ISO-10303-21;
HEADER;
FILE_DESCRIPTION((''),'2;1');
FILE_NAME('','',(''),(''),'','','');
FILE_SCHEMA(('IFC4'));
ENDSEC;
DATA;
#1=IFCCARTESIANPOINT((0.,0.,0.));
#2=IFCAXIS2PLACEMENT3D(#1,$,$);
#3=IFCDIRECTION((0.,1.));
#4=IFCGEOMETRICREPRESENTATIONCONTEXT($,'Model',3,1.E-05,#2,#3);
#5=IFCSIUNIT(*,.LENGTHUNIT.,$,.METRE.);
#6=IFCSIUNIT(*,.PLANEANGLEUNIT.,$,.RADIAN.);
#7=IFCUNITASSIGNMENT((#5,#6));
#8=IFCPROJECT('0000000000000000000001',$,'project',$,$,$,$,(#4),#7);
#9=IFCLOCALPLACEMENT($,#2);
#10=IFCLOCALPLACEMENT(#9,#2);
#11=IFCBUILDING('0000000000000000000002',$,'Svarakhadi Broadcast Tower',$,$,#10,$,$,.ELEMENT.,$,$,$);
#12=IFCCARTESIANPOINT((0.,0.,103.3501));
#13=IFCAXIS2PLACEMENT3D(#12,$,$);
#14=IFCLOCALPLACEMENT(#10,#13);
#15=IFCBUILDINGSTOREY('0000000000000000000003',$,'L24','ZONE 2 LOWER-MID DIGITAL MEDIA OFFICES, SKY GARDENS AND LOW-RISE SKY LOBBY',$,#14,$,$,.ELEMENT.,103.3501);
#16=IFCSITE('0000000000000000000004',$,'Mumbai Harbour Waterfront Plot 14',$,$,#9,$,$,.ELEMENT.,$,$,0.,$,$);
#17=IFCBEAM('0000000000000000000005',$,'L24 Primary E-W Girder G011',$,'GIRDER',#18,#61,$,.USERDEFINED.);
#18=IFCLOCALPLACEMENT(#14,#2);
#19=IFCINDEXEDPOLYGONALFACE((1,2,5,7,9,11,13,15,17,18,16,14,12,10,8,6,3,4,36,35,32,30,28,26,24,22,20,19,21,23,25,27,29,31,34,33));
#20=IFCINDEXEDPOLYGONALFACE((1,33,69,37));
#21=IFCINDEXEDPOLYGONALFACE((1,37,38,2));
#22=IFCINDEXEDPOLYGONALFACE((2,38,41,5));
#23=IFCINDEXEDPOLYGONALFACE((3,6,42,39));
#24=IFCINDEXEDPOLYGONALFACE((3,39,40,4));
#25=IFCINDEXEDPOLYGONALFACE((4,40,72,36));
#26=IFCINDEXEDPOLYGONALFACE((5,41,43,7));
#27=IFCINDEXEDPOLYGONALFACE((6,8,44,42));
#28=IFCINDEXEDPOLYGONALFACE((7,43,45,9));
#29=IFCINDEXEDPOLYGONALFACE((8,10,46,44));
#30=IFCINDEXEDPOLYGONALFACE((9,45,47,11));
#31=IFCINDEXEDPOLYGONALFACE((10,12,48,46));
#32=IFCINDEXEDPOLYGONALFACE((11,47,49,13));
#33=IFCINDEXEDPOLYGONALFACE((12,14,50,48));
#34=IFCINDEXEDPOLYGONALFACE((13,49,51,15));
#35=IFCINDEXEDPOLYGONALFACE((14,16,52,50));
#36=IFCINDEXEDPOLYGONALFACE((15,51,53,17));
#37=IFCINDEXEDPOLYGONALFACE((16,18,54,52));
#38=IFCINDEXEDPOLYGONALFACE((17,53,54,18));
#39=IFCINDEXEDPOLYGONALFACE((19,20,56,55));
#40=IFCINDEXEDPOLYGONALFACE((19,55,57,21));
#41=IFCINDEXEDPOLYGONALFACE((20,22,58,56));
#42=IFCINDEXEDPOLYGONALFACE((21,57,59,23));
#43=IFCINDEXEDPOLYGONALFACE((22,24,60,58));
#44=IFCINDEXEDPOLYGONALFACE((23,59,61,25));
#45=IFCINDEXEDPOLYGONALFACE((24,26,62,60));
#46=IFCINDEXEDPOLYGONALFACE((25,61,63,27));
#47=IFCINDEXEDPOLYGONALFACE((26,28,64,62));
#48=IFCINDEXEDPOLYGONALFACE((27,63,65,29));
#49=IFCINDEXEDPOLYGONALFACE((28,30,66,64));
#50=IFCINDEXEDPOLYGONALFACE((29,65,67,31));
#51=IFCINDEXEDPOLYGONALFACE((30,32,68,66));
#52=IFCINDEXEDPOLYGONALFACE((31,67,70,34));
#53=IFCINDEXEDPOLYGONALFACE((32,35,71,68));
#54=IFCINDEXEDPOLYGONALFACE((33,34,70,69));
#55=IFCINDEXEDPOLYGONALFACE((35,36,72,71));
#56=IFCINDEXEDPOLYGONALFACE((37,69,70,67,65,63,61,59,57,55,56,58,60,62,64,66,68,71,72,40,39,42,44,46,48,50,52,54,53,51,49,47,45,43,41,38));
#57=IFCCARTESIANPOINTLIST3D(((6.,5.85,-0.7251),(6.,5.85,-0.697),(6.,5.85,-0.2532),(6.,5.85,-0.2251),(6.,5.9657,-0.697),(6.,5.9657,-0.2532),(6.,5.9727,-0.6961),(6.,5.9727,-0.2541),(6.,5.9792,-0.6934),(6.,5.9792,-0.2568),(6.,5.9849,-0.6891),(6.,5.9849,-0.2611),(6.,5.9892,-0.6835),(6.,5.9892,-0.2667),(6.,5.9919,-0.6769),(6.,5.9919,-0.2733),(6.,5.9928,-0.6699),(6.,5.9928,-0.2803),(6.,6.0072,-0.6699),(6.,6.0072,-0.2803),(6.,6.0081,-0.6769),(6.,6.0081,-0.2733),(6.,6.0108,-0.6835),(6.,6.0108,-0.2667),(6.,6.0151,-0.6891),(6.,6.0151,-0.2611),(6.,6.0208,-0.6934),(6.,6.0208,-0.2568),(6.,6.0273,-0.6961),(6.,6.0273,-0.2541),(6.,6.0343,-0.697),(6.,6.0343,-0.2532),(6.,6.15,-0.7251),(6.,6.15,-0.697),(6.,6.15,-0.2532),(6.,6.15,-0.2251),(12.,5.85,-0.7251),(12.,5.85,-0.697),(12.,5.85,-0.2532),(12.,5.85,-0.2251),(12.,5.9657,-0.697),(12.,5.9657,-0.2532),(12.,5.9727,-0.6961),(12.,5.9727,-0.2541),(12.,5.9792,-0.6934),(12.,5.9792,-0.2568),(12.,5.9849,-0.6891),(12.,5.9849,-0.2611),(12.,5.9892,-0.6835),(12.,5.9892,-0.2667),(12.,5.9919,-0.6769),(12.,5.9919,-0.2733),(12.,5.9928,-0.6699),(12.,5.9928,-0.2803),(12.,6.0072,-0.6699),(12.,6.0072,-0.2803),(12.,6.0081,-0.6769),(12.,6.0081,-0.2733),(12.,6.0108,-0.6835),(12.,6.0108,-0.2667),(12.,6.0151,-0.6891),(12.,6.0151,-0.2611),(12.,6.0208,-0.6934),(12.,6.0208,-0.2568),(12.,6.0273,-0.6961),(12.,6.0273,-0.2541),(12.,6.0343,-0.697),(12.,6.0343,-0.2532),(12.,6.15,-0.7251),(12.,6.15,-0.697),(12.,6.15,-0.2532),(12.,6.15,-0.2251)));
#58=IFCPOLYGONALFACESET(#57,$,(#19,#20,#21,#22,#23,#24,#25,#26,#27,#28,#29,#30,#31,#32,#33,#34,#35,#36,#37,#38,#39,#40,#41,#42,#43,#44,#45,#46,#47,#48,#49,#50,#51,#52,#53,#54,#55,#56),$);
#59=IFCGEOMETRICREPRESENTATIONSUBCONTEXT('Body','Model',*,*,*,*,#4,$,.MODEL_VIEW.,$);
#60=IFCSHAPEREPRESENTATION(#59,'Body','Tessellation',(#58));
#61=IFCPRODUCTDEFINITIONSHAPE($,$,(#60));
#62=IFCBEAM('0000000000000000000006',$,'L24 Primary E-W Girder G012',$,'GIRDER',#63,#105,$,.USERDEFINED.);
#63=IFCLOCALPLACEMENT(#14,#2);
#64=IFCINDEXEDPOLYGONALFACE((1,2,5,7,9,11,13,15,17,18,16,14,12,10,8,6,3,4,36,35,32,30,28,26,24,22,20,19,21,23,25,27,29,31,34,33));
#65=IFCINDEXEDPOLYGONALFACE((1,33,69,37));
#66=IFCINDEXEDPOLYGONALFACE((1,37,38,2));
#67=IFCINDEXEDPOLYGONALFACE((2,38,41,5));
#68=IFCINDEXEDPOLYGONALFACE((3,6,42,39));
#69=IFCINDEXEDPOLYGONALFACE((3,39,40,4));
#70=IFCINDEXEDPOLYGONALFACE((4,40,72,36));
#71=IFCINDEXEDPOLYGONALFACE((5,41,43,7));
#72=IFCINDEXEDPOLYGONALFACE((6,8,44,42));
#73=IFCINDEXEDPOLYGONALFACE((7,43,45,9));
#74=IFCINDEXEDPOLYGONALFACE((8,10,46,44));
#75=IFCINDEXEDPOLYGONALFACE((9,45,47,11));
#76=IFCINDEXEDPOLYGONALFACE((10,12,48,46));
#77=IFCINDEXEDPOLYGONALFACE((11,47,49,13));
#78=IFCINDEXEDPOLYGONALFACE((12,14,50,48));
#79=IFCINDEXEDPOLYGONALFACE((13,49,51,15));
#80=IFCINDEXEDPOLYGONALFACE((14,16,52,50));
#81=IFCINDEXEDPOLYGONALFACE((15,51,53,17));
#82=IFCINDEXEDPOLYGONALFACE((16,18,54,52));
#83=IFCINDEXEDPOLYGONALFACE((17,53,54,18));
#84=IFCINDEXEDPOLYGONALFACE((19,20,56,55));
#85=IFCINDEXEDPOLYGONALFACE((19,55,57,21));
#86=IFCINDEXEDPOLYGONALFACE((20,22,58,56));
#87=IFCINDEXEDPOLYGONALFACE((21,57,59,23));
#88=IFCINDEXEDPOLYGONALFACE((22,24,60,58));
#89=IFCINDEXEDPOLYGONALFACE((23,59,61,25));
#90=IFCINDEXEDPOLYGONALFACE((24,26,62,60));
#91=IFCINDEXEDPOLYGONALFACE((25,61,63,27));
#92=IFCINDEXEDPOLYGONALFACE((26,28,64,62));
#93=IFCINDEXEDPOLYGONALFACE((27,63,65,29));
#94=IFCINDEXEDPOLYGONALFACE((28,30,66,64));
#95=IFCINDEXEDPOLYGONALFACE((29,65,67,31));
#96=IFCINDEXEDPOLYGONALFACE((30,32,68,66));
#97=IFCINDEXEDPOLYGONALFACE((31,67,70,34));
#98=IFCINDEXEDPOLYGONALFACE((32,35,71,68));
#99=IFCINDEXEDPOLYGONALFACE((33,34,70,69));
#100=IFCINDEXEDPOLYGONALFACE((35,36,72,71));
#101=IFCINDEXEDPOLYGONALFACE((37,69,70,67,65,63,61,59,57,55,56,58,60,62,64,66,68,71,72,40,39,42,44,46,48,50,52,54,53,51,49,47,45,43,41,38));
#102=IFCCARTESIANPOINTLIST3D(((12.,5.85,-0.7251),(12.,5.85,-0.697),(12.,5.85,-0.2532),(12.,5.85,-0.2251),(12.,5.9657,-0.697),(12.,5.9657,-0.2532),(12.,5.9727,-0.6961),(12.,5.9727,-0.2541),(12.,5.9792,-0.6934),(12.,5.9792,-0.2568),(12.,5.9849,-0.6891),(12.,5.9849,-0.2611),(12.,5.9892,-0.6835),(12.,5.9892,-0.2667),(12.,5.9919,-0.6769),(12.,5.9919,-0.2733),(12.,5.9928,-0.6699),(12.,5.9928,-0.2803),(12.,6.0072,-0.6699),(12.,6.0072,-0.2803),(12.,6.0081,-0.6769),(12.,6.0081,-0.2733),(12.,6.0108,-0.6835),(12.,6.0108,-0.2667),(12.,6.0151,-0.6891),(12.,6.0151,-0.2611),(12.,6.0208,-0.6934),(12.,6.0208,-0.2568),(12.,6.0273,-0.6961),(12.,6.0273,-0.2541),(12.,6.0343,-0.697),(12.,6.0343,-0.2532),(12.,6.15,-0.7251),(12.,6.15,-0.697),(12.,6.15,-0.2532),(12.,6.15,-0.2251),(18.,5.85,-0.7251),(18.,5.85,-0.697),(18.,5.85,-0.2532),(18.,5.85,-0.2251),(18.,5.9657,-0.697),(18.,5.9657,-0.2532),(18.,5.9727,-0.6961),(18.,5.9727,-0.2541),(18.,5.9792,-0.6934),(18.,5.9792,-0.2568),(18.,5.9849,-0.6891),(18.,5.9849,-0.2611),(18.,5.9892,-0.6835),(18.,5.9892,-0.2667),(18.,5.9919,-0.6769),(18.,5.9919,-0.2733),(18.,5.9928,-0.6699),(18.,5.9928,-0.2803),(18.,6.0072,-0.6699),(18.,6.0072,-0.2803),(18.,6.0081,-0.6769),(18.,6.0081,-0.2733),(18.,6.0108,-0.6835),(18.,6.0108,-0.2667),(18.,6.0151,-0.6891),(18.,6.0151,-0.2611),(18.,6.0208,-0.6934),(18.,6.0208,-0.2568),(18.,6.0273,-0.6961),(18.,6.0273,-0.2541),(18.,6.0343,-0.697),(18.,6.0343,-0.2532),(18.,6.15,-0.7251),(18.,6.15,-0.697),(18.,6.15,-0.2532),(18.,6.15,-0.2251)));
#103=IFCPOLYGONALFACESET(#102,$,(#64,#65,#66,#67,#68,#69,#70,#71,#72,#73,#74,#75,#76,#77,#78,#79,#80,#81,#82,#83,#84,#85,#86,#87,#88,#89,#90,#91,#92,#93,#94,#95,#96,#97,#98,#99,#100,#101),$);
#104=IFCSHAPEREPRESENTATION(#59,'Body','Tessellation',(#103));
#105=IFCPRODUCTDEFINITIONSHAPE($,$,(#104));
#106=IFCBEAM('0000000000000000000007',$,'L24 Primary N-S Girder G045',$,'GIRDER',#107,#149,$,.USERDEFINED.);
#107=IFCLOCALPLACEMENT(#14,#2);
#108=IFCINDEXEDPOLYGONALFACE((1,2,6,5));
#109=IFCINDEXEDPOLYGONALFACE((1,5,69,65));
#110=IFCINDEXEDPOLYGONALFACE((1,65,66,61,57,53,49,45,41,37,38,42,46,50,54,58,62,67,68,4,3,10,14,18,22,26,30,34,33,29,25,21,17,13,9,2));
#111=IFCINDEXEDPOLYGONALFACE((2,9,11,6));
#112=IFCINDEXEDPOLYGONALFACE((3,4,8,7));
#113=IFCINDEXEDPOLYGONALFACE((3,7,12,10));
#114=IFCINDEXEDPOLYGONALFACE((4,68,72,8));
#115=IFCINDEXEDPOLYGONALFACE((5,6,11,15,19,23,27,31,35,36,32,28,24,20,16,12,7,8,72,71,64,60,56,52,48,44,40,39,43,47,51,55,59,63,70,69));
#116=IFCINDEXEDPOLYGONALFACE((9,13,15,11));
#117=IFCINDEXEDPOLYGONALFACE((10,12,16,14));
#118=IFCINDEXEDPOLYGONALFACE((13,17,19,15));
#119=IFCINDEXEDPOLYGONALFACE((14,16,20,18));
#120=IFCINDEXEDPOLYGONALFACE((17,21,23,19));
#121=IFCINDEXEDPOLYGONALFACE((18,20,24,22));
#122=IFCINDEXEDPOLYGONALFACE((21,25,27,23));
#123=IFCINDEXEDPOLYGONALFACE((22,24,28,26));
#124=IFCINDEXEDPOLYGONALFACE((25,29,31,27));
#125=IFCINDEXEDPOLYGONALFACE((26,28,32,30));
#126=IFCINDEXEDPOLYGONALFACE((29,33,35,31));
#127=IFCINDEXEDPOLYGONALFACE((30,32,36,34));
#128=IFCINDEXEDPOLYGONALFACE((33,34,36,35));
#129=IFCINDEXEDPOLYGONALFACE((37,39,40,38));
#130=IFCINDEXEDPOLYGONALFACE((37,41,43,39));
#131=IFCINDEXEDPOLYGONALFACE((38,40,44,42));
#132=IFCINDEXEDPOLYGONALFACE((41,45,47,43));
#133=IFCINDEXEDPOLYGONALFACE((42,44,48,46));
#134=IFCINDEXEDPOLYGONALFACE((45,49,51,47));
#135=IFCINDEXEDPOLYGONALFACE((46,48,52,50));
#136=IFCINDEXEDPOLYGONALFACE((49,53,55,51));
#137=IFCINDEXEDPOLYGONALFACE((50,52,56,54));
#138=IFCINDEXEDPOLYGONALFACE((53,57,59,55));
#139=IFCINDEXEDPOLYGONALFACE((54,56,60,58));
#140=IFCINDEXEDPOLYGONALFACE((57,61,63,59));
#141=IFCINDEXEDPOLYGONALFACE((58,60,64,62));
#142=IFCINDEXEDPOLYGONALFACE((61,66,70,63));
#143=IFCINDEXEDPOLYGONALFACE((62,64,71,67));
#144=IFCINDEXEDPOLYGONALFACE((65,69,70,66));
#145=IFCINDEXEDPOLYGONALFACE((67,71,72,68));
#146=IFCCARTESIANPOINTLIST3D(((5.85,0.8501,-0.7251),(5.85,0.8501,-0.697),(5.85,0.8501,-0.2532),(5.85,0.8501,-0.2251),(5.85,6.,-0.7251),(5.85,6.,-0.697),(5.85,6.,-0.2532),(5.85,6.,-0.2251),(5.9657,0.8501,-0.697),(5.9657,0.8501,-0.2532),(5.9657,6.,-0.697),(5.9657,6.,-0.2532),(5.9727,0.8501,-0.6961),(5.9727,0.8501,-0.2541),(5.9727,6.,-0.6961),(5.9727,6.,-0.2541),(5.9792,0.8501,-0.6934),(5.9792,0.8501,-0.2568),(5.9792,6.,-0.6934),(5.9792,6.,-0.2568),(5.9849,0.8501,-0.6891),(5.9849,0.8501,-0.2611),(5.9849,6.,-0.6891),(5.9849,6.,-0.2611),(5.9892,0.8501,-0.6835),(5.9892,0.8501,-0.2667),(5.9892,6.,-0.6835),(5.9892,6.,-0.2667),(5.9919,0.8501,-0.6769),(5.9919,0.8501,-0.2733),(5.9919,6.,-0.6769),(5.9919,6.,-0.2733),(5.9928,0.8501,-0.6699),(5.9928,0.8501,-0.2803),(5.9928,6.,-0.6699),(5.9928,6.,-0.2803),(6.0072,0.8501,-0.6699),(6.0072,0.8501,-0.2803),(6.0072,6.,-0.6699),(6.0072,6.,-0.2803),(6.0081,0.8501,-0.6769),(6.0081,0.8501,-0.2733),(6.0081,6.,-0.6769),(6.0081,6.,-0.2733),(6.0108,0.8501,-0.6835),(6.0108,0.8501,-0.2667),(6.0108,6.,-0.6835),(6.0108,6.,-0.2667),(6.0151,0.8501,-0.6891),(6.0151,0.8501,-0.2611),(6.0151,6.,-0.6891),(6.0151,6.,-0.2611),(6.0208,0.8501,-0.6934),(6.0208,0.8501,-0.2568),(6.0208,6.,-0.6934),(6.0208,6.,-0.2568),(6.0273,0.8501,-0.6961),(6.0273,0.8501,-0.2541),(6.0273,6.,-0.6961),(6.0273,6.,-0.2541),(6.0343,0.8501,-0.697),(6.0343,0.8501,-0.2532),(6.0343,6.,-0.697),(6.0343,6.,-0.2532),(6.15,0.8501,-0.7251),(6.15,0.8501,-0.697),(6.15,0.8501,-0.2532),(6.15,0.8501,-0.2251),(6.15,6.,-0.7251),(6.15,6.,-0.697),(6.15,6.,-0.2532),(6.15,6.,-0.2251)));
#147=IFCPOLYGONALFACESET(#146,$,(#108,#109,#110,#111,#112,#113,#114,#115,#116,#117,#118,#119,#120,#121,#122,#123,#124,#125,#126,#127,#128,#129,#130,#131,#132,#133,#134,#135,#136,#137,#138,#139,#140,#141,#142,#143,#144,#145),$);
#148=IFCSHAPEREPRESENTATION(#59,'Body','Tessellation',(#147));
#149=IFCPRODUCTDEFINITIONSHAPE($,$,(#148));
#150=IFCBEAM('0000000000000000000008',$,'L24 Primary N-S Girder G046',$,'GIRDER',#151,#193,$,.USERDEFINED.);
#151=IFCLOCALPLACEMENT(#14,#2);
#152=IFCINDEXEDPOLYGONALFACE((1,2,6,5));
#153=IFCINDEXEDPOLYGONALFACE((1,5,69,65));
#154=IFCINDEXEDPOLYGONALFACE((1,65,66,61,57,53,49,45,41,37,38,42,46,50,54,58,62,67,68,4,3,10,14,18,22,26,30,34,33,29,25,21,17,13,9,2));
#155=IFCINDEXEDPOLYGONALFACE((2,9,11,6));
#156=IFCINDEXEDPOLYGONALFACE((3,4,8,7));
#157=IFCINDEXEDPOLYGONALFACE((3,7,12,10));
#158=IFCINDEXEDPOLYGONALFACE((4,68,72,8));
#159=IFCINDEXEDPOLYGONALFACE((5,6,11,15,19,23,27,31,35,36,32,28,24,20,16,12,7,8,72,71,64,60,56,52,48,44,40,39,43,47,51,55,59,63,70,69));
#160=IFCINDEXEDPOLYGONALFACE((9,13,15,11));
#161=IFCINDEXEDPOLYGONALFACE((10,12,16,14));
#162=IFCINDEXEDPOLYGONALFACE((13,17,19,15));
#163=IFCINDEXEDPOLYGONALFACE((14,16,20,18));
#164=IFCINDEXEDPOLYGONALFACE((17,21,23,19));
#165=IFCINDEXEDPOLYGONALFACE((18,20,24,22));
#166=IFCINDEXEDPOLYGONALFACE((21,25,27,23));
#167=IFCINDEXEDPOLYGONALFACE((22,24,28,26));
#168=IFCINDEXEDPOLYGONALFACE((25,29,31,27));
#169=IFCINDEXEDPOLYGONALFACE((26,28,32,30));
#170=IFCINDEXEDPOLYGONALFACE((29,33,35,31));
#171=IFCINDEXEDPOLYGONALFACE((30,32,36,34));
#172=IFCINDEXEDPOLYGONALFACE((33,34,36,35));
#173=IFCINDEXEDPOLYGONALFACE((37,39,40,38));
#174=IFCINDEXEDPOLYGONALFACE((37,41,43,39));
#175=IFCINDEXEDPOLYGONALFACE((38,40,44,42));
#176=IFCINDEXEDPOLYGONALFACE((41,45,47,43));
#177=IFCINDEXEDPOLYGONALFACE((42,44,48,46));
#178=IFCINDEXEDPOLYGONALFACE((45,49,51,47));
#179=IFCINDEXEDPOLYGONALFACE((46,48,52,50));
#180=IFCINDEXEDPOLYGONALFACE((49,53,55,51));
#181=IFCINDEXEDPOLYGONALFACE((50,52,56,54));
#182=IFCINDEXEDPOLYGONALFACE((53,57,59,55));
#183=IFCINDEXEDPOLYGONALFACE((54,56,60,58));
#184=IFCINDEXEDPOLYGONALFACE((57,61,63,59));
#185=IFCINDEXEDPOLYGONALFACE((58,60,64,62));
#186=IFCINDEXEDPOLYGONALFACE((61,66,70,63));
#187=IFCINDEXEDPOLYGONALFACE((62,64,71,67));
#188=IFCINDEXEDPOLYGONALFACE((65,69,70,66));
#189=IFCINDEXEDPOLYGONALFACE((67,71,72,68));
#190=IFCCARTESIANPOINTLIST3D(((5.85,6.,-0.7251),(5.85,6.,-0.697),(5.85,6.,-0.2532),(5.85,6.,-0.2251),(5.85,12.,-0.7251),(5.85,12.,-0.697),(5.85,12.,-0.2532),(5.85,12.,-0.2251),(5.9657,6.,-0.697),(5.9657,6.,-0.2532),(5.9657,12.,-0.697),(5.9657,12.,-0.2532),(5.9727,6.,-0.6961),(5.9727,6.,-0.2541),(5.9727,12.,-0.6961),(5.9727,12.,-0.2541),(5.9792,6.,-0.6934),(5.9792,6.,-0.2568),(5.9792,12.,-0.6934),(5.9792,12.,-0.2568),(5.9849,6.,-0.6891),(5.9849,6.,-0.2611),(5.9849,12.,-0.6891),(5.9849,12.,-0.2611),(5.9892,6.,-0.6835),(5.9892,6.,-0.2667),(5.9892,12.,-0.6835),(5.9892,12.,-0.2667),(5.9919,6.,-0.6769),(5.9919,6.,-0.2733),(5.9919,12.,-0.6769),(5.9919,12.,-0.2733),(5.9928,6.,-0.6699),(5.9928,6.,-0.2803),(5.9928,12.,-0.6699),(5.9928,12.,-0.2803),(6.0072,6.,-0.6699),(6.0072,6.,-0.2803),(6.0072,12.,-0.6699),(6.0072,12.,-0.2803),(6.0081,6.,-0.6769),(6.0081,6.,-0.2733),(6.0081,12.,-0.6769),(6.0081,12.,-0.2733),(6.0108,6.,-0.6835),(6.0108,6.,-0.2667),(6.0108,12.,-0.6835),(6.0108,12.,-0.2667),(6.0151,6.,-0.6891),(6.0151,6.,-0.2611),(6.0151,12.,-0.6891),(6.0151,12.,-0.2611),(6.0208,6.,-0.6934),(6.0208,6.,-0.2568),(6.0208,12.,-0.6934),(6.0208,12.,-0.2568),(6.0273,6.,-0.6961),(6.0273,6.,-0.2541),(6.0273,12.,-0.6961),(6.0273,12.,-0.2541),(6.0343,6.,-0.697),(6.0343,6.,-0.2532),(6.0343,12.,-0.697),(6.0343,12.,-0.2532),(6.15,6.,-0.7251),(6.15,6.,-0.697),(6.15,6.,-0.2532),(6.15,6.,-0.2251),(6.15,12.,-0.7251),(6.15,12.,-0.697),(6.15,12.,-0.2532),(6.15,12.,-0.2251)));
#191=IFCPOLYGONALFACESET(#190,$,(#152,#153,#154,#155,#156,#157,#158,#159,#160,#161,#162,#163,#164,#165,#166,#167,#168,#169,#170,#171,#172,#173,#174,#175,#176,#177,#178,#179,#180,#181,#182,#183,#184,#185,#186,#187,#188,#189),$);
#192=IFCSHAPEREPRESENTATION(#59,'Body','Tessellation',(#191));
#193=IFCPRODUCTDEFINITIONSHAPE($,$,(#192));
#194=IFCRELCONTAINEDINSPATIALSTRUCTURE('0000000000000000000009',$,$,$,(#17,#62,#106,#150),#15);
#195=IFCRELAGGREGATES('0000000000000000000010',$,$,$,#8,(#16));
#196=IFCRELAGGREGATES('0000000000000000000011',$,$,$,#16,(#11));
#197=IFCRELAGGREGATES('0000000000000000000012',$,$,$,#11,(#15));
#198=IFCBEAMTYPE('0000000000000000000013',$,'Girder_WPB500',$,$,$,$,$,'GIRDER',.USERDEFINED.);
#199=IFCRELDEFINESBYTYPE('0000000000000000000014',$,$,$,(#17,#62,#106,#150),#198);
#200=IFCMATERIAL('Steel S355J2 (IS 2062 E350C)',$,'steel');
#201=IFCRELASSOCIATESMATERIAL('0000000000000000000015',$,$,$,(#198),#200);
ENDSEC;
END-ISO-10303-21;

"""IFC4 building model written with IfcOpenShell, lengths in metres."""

from ifc_helpers import new_model, si_unit, direction, frame, origin, origin_2d, place, context, subcontext, project, spatial, i_section, extrude, material, material_profile, profile_set, type_object, element, save


model = new_model("IFC4")

# Units and contexts
model_context = context("Model", 3, precision=1e-05, world=origin(), true_north=direction((0.0, 1.0)))
body_context = subcontext(model_context, "Body", "Model", "MODEL_VIEW")
ifc_project = project(units=[si_unit("LENGTHUNIT", "METRE"), si_unit("PLANEANGLEUNIT", "RADIAN")], contexts=[model_context])

# Site, building, storey
site_placement = place(None, origin())
site = spatial("IfcSite", under=ifc_project, at=site_placement, Name="Mumbai Harbour Waterfront Plot 14", CompositionType="ELEMENT", RefElevation=0.0)
building_placement = place(site_placement, origin())
building = spatial("IfcBuilding", under=site, at=building_placement, Name="Svarakhadi Broadcast Tower", CompositionType="ELEMENT")
storey_placement = place(building_placement, frame((0.0, 0.0, 103.3501)))
storey = spatial("IfcBuildingStorey", under=building, at=storey_placement, Name="L24", Description="ZONE 2 LOWER-MID DIGITAL MEDIA OFFICES, SKY GARDENS AND LOW-RISE SKY LOBBY", CompositionType="ELEMENT", Elevation=103.3501)

# Shared definitions
ifc_material_1 = material(Name="Steel S355J2 (IS 2062 E350C)", Category="steel")

# Beams
ifc_material_profile_1 = material_profile(ifc_material_1, i_section(OverallWidth=0.3, OverallDepth=0.5, WebThickness=0.0144, FlangeThickness=0.0281, FilletRadius=0.0271, at=origin_2d()), Name="WPB 500x300x187")
ifc_profile_set_1 = profile_set([ifc_material_profile_1], Name="Steel S355J2 (IS 2062 E350C)")
beam_type_1 = type_object("IfcBeamType", Name="Girder_WPB500", ElementType="GIRDER", PredefinedType="USERDEFINED", material=ifc_profile_set_1)
for number, where, z_axis, x_axis, name in (
    (1, (6.0, 6.0, -0.4751), (1.0, 0.0, 0.0), (0.0, 1.0, 0.0), "L24 Primary E-W Girder G011"),
    (2, (12.0, 6.0, -0.4751), (1.0, 0.0, 0.0), (0.0, 1.0, 0.0), "L24 Primary E-W Girder G012"),
):
    element("IfcBeam", number, at=place(storey_placement, frame(where, z_axis=z_axis, x_axis=x_axis)), inside=storey, type_object=beam_type_1, Name=name, ObjectType="GIRDER", PredefinedType="USERDEFINED", context=body_context, shape_type="SweptSolid", body=[
        extrude(i_section(OverallWidth=0.3, OverallDepth=0.5, WebThickness=0.0144, FlangeThickness=0.0281, FilletRadius=0.0271, at=origin_2d()), origin(), (0.0, 0.0, 1.0), 6.0),
    ])
beam_1_placement = place(storey_placement, frame((6.0, 0.8501, -0.4751), z_axis=(0.0, 1.0, 0.0), x_axis=(-1.0, 0.0, 0.0)))
element("IfcBeam", 3, at=beam_1_placement, inside=storey, type_object=beam_type_1, Name="L24 Primary N-S Girder G045", ObjectType="GIRDER", PredefinedType="USERDEFINED", context=body_context, shape_type="SweptSolid", body=[
    extrude(i_section(OverallWidth=0.3, OverallDepth=0.5, WebThickness=0.0144, FlangeThickness=0.0281, FilletRadius=0.0271, at=origin_2d()), origin(), (0.0, 0.0, 1.0), 5.1499),
])
beam_2_placement = place(storey_placement, frame((6.0, 6.0, -0.4751), z_axis=(0.0, 1.0, 0.0), x_axis=(-1.0, 0.0, 0.0)))
element("IfcBeam", 4, at=beam_2_placement, inside=storey, type_object=beam_type_1, Name="L24 Primary N-S Girder G046", ObjectType="GIRDER", PredefinedType="USERDEFINED", context=body_context, shape_type="SweptSolid", body=[
    extrude(i_section(OverallWidth=0.3, OverallDepth=0.5, WebThickness=0.0144, FlangeThickness=0.0281, FilletRadius=0.0271, at=origin_2d()), origin(), (0.0, 0.0, 1.0), 6.0),
])

save(model, "model.ifc")
